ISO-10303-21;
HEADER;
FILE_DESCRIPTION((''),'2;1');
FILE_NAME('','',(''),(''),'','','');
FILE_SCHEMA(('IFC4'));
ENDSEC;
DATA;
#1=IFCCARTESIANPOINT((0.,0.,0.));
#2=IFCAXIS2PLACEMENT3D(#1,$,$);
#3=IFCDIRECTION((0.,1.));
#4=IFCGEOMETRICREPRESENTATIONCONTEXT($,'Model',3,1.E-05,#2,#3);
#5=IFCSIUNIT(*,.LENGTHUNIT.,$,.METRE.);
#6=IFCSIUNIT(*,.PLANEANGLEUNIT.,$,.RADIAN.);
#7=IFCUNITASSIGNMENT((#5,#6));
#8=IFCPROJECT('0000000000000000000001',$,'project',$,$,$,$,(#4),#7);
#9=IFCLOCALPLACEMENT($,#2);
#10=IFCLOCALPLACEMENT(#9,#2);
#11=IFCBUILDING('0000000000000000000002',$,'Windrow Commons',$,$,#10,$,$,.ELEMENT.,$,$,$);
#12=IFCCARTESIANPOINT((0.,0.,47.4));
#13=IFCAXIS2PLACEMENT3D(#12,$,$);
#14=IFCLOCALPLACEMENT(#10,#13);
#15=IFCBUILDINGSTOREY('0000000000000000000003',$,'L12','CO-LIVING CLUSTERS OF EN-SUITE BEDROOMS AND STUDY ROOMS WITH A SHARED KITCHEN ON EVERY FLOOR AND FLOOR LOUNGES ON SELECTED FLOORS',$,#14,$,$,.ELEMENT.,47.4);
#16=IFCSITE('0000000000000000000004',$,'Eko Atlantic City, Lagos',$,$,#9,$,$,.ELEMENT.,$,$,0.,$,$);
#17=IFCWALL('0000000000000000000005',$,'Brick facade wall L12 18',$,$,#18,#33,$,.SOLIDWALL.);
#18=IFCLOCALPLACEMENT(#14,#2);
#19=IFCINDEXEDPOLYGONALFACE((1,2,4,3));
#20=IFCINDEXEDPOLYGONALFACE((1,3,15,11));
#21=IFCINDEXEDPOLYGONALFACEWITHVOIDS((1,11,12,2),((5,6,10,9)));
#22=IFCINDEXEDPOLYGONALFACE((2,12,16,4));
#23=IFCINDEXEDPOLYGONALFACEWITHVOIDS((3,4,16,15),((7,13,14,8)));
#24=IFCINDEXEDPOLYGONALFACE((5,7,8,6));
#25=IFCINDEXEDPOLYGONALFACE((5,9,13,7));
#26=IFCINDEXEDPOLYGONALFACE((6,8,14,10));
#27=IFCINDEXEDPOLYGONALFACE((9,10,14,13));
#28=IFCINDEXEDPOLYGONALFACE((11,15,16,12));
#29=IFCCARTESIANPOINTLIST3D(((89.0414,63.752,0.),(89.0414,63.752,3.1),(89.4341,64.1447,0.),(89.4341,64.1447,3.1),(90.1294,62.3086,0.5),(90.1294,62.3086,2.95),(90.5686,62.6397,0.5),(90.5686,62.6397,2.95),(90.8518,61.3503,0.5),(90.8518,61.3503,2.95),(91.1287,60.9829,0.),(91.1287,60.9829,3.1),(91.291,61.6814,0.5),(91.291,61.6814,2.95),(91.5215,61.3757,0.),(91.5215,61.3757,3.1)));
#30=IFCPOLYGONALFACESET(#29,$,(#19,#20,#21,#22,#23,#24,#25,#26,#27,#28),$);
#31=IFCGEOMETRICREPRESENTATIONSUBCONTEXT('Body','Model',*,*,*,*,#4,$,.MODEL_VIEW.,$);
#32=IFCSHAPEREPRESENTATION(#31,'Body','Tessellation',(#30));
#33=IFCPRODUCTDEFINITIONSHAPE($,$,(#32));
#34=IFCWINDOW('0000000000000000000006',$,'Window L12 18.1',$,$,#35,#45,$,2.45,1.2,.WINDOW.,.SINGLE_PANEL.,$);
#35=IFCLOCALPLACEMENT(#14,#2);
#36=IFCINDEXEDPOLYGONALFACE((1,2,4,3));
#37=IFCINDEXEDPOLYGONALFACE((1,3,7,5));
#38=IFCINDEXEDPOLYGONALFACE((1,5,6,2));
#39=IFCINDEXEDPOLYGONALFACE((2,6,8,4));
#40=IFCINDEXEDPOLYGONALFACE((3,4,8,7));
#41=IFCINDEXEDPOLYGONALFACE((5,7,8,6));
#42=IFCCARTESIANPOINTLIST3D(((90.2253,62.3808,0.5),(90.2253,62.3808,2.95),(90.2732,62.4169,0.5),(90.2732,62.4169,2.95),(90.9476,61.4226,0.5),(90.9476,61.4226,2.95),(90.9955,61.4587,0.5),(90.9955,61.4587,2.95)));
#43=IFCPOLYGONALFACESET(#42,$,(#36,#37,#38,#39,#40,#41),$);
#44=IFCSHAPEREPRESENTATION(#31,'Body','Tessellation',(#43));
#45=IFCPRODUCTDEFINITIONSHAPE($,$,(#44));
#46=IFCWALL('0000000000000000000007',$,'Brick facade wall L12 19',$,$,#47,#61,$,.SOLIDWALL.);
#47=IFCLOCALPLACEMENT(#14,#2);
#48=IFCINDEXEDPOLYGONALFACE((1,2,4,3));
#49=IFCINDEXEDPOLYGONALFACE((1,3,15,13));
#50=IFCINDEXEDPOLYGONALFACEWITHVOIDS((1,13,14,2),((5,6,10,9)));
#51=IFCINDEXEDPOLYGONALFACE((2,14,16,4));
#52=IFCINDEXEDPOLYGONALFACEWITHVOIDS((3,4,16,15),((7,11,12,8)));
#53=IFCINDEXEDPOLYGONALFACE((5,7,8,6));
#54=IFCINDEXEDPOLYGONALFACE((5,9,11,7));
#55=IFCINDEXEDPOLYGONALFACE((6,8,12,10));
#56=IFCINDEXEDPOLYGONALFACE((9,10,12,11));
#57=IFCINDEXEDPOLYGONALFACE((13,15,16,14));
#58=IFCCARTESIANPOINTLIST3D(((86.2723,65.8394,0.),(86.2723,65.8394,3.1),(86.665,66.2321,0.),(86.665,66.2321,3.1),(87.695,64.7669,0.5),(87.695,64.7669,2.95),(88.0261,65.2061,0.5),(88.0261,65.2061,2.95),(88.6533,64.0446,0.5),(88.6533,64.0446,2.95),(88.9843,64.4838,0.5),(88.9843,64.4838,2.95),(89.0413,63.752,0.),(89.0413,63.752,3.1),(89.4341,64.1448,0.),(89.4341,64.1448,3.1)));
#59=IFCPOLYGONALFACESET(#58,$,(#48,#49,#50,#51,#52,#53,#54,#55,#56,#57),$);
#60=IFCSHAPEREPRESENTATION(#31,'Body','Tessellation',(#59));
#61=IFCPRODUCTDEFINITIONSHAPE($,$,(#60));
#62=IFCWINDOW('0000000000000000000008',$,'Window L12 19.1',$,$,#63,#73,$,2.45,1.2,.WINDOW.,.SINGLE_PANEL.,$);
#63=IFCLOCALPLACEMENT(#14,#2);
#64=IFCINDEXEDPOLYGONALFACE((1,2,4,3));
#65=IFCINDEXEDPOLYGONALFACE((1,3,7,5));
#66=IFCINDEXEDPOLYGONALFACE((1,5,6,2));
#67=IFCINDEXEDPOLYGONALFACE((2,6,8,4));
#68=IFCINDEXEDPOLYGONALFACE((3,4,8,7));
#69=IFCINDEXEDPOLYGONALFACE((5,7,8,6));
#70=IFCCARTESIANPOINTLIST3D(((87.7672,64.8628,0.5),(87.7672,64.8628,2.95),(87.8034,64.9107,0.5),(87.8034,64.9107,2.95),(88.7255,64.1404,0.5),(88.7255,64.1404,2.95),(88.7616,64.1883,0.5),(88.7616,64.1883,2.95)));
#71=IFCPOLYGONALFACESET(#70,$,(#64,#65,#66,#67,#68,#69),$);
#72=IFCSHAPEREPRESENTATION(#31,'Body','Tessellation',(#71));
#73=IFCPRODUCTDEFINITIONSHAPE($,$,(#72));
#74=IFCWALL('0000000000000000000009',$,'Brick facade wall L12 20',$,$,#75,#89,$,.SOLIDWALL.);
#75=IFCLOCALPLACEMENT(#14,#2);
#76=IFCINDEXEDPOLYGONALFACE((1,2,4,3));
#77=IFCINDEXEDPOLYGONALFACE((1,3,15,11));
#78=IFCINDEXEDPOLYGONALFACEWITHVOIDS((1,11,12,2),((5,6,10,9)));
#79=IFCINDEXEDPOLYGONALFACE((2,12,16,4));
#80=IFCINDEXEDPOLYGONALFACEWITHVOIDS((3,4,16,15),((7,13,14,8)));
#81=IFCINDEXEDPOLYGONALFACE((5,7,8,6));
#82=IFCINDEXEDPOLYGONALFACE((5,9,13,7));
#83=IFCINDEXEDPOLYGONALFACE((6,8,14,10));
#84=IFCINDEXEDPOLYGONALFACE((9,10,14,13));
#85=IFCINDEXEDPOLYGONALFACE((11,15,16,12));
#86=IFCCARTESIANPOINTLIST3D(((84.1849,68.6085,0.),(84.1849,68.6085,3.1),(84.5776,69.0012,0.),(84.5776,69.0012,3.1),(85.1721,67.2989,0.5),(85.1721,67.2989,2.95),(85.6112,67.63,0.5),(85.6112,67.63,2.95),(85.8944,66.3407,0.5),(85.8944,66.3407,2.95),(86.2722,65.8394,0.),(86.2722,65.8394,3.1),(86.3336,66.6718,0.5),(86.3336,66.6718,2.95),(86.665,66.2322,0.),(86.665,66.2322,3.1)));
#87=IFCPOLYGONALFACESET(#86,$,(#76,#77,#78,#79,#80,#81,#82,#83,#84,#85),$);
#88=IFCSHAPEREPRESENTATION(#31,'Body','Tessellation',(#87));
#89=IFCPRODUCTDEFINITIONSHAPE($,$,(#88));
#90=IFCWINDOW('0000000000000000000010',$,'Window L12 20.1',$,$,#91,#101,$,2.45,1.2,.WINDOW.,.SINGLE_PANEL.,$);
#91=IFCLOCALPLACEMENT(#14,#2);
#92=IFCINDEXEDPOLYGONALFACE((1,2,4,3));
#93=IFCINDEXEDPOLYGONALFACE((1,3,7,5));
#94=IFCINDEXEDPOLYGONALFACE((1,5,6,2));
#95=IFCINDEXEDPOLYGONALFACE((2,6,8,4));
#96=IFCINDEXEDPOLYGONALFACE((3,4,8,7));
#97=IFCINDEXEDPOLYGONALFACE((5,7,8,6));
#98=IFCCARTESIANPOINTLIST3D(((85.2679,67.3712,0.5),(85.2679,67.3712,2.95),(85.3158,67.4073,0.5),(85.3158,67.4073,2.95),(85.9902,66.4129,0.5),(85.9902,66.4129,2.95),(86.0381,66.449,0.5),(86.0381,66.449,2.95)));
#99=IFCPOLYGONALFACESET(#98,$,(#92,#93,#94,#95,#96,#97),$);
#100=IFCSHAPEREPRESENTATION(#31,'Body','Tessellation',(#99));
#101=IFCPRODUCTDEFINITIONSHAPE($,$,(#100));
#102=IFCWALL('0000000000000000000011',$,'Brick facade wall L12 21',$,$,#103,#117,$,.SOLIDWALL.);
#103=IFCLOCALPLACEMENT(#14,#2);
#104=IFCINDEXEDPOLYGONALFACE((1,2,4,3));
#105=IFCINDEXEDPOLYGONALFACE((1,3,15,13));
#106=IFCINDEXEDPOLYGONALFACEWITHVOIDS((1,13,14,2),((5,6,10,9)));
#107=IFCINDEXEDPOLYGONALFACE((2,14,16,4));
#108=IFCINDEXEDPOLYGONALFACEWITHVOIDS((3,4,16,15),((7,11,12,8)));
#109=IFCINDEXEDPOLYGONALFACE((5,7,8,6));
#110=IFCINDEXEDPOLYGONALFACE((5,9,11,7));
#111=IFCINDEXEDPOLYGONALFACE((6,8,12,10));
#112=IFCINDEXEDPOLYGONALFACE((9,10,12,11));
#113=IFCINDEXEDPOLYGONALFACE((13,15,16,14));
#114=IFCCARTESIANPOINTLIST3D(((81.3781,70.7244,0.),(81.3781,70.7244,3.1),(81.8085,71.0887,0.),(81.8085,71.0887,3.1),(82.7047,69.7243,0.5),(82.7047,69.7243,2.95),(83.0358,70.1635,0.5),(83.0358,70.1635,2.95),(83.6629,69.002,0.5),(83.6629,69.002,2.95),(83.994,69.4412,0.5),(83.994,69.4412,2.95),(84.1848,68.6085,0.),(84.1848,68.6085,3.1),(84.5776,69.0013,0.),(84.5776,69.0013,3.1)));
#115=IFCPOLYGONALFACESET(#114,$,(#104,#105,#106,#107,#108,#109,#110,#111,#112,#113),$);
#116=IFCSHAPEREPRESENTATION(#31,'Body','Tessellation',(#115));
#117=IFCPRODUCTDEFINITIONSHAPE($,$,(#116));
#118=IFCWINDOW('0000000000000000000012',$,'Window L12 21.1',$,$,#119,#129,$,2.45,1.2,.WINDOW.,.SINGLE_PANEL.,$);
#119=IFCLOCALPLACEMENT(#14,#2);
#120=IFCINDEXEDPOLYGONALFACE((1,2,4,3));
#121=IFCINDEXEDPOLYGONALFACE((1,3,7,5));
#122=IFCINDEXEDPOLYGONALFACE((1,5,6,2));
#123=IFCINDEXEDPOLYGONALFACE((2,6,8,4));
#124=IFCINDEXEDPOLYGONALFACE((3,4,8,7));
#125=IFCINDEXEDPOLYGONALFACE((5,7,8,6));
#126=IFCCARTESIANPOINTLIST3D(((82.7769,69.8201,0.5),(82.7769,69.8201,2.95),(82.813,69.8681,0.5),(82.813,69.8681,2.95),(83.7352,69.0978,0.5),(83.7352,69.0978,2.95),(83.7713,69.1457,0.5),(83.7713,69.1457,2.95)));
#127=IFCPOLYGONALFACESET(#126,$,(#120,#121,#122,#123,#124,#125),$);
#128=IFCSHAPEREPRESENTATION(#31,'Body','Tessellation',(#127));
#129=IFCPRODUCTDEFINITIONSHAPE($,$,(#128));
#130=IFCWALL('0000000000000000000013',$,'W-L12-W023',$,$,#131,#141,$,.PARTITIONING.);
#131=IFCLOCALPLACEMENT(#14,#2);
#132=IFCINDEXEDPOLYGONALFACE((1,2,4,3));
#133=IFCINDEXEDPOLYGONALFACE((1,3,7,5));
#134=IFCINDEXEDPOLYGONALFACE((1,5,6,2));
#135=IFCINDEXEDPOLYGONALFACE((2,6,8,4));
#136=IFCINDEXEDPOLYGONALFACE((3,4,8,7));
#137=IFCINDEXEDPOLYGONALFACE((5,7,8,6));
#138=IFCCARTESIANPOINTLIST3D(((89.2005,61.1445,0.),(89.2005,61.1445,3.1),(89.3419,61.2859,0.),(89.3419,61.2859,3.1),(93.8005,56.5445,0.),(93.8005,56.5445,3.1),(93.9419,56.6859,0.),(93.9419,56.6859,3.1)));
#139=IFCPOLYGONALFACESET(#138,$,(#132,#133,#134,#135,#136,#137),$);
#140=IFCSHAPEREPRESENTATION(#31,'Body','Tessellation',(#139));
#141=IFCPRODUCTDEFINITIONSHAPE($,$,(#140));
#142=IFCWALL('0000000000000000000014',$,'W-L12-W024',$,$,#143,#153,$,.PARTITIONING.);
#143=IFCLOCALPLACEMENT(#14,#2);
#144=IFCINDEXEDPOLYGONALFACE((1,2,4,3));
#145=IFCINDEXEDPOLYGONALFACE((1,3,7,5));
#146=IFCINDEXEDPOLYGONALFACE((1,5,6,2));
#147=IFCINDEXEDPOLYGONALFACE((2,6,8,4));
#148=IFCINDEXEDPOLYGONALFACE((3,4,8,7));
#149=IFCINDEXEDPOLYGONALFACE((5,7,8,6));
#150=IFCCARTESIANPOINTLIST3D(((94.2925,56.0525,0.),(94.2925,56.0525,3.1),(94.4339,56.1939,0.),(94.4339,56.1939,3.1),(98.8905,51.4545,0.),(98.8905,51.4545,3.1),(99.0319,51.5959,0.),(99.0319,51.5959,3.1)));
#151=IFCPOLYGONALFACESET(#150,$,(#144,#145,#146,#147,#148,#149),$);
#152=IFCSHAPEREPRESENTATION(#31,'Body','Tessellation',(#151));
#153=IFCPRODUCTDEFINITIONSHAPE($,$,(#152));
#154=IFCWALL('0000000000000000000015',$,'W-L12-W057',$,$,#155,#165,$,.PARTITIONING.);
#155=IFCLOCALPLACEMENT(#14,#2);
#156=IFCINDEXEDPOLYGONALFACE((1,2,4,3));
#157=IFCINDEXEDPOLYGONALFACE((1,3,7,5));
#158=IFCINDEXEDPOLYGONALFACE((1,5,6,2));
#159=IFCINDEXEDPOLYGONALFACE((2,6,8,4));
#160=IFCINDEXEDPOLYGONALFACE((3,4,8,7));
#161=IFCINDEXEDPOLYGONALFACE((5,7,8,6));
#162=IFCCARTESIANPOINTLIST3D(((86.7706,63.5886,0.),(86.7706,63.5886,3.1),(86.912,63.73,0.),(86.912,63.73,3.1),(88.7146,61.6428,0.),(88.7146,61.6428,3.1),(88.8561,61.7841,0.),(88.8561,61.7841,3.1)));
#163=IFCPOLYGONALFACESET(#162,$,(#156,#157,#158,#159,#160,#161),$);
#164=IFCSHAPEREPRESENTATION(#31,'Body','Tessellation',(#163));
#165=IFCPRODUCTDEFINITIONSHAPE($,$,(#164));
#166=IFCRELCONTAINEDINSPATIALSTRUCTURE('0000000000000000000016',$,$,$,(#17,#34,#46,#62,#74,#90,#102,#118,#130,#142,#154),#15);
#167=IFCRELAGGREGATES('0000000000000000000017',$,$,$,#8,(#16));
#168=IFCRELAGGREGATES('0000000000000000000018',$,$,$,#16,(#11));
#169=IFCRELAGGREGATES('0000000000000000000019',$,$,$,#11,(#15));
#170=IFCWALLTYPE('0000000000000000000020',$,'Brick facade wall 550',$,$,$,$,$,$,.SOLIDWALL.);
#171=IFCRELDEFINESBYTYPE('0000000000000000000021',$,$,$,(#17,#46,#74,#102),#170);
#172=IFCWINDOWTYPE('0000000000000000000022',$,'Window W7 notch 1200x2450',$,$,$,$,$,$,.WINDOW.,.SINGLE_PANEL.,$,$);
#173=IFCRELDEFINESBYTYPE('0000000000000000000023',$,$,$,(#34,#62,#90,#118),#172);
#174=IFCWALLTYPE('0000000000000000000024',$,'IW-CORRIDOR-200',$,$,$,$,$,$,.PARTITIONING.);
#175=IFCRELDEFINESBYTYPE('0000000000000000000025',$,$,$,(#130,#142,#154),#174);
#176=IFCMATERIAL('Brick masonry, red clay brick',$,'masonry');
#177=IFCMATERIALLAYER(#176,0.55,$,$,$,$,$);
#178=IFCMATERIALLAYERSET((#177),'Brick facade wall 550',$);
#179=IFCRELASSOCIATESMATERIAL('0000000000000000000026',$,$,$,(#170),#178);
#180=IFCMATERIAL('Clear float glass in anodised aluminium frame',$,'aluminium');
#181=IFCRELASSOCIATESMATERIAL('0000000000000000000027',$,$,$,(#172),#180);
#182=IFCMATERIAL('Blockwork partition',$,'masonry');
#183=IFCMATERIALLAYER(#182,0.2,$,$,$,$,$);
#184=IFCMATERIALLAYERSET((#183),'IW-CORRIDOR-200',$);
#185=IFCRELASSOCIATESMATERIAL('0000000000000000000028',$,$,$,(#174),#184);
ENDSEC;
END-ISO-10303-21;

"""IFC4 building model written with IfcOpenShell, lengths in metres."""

from ifc_helpers import new_model, si_unit, direction, frame, frame_2d, origin, place, context, subcontext, project, spatial, polyline, rectangle, outline, extrude, material, layer, layer_set, type_object, element, fill, save


model = new_model("IFC4")

# Units and contexts
model_context = context("Model", 3, precision=1e-05, world=origin(), true_north=direction((0.0, 1.0)))
body_context = subcontext(model_context, "Body", "Model", "MODEL_VIEW")
ifc_project = project(units=[si_unit("LENGTHUNIT", "METRE"), si_unit("PLANEANGLEUNIT", "RADIAN")], contexts=[model_context])

# Site, building, storey
site_placement = place(None, origin())
site = spatial("IfcSite", under=ifc_project, at=site_placement, Name="Eko Atlantic City, Lagos", CompositionType="ELEMENT", RefElevation=0.0)
building_placement = place(site_placement, origin())
building = spatial("IfcBuilding", under=site, at=building_placement, Name="Windrow Commons", CompositionType="ELEMENT")
storey_placement = place(building_placement, frame((0.0, 0.0, 47.4)))
storey = spatial("IfcBuildingStorey", under=building, at=storey_placement, Name="L12", Description="CO-LIVING CLUSTERS OF EN-SUITE BEDROOMS AND STUDY ROOMS WITH A SHARED KITCHEN ON EVERY FLOOR AND FLOOR LOUNGES ON SELECTED FLOORS", CompositionType="ELEMENT", Elevation=47.4)

# Shared definitions
ifc_material_1 = material(Name="Brick masonry, red clay brick", Category="masonry")
ifc_layer_1 = layer(ifc_material_1, 0.55)
ifc_layer_set_1 = layer_set([ifc_layer_1], Name="Brick facade wall 550")
wall_type_1 = type_object("IfcWallType", Name="Brick facade wall 550", PredefinedType="SOLIDWALL", material=ifc_layer_set_1)
ifc_material_2 = material(Name="Clear float glass in anodised aluminium frame", Category="aluminium")
window_type = type_object("IfcWindowType", Name="Window W7 notch 1200x2450", PartitioningType="SINGLE_PANEL", PredefinedType="WINDOW", material=ifc_material_2)

# Walls, openings, windows
wall_1_placement = place(storey_placement, frame((91.3251, 61.1793, 0.0), z_axis=(0.0, 0.0, 1.0), x_axis=(-0.60195, 0.798534, 0.0)))
wall_1 = element("IfcWall", 1, at=wall_1_placement, inside=storey, type_object=wall_type_1, Name="Brick facade wall L12 18", PredefinedType="SOLIDWALL", context=body_context, shape_type="SweptSolid", body=[
    extrude(outline(polyline([(0.0386, -0.275), (3.5063, -0.275), (3.4291, 0.275), (-0.0386, 0.275), (0.0386, -0.275)])), origin(), (0.0, 0.0, 1.0), 3.1),
])
opening_1_placement = place(wall_1_placement, frame((0.4215, 0.0, 0.5)))
opening_1 = element("IfcOpeningElement", 2, at=opening_1_placement, cuts=wall_1, PredefinedType="OPENING", context=body_context, shape_type="SweptSolid", body=[
    extrude(rectangle(XDim=1.2, YDim=2.45, at=frame_2d((0.6, 1.225))), frame((0.0, 0.285, 0.0), z_axis=(0.0, -1.0, 0.0), x_axis=(1.0, 0.0, 0.0)), (0.0, 0.0, 1.0), 0.57),
])
window_1_placement = place(opening_1_placement, origin())
window_1 = element("IfcWindow", 3, at=window_1_placement, inside=storey, type_object=window_type, Name="Window L12 18.1", OverallHeight=2.45, OverallWidth=1.2, PartitioningType="SINGLE_PANEL", PredefinedType="WINDOW", context=body_context, shape_type="SweptSolid", body=[
    extrude(rectangle(XDim=1.2, YDim=2.45, at=frame_2d((0.6, 1.225))), frame((0.0, 0.155, 0.0), z_axis=(0.0, -1.0, 0.0), x_axis=(1.0, 0.0, 0.0)), (0.0, 0.0, 1.0), 0.06),
])
fill(opening_1, window_1)
wall_2_placement = place(storey_placement, frame((89.2377, 63.9484, 0.0), z_axis=(0.0, 0.0, 1.0), x_axis=(-0.798534, 0.60195, 0.0)))
wall_2 = element("IfcWall", 4, at=wall_2_placement, inside=storey, type_object=wall_type_1, Name="Brick facade wall L12 19", PredefinedType="SOLIDWALL", context=body_context, shape_type="SweptSolid", body=[
    extrude(outline(polyline([(-0.0386, -0.275), (3.4291, -0.275), (3.5063, 0.275), (0.0386, 0.275), (-0.0386, -0.275)])), origin(), (0.0, 0.0, 1.0), 3.1),
])
opening_2_placement = place(wall_2_placement, frame((0.5246, 0.0, 0.5)))
opening_2 = element("IfcOpeningElement", 5, at=opening_2_placement, cuts=wall_2, PredefinedType="OPENING", context=body_context, shape_type="SweptSolid", body=[
    extrude(rectangle(XDim=1.2, YDim=2.45, at=frame_2d((0.6, 1.225))), frame((0.0, 0.285, 0.0), z_axis=(0.0, -1.0, 0.0), x_axis=(1.0, 0.0, 0.0)), (0.0, 0.0, 1.0), 0.57),
])
window_2_placement = place(opening_2_placement, origin())
window_2 = element("IfcWindow", 6, at=window_2_placement, inside=storey, type_object=window_type, Name="Window L12 19.1", OverallHeight=2.45, OverallWidth=1.2, PartitioningType="SINGLE_PANEL", PredefinedType="WINDOW", context=body_context, shape_type="SweptSolid", body=[
    extrude(rectangle(XDim=1.2, YDim=2.45, at=frame_2d((0.6, 1.225))), frame((0.0, 0.155, 0.0), z_axis=(0.0, -1.0, 0.0), x_axis=(1.0, 0.0, 0.0)), (0.0, 0.0, 1.0), 0.06),
])
fill(opening_2, window_2)
wall_3_placement = place(storey_placement, frame((86.4686, 66.0358, 0.0), z_axis=(0.0, 0.0, 1.0), x_axis=(-0.60195, 0.798534, 0.0)))
wall_3 = element("IfcWall", 7, at=wall_3_placement, inside=storey, type_object=wall_type_1, Name="Brick facade wall L12 20", PredefinedType="SOLIDWALL", context=body_context, shape_type="SweptSolid", body=[
    extrude(outline(polyline([(0.0386, -0.275), (3.5063, -0.275), (3.4291, 0.275), (-0.0386, 0.275), (0.0386, -0.275)])), origin(), (0.0, 0.0, 1.0), 3.1),
])
opening_3_placement = place(wall_3_placement, frame((0.5891, 0.0, 0.5)))
opening_3 = element("IfcOpeningElement", 8, at=opening_3_placement, cuts=wall_3, PredefinedType="OPENING", context=body_context, shape_type="SweptSolid", body=[
    extrude(rectangle(XDim=1.2, YDim=2.45, at=frame_2d((0.6, 1.225))), frame((0.0, 0.285, 0.0), z_axis=(0.0, -1.0, 0.0), x_axis=(1.0, 0.0, 0.0)), (0.0, 0.0, 1.0), 0.57),
])
window_3_placement = place(opening_3_placement, origin())
window_3 = element("IfcWindow", 9, at=window_3_placement, inside=storey, type_object=window_type, Name="Window L12 20.1", OverallHeight=2.45, OverallWidth=1.2, PartitioningType="SINGLE_PANEL", PredefinedType="WINDOW", context=body_context, shape_type="SweptSolid", body=[
    extrude(rectangle(XDim=1.2, YDim=2.45, at=frame_2d((0.6, 1.225))), frame((0.0, 0.155, 0.0), z_axis=(0.0, -1.0, 0.0), x_axis=(1.0, 0.0, 0.0)), (0.0, 0.0, 1.0), 0.06),
])
fill(opening_3, window_3)
wall_4_placement = place(storey_placement, frame((84.3812, 68.8049, 0.0), z_axis=(0.0, 0.0, 1.0), x_axis=(-0.79853, 0.601955, 0.0)))
wall_4 = element("IfcWall", 10, at=wall_4_placement, inside=storey, type_object=wall_type_1, Name="Brick facade wall L12 21", PredefinedType="SOLIDWALL", context=body_context, shape_type="SweptSolid", body=[
    extrude(outline(polyline([(-0.0386, -0.275), (3.4291, -0.275), (3.5535, 0.275), (0.0386, 0.275), (-0.0386, -0.275)])), origin(), (0.0, 0.0, 1.0), 3.1),
])
opening_4_placement = place(wall_4_placement, frame((0.6922, 0.0, 0.5)))
opening_4 = element("IfcOpeningElement", 11, at=opening_4_placement, cuts=wall_4, PredefinedType="OPENING", context=body_context, shape_type="SweptSolid", body=[
    extrude(rectangle(XDim=1.2, YDim=2.45, at=frame_2d((0.6, 1.225))), frame((0.0, 0.285, 0.0), z_axis=(0.0, -1.0, 0.0), x_axis=(1.0, 0.0, 0.0)), (0.0, 0.0, 1.0), 0.57),
])
window_4_placement = place(opening_4_placement, origin())
window_4 = element("IfcWindow", 12, at=window_4_placement, inside=storey, type_object=window_type, Name="Window L12 21.1", OverallHeight=2.45, OverallWidth=1.2, PartitioningType="SINGLE_PANEL", PredefinedType="WINDOW", context=body_context, shape_type="SweptSolid", body=[
    extrude(rectangle(XDim=1.2, YDim=2.45, at=frame_2d((0.6, 1.225))), frame((0.0, 0.155, 0.0), z_axis=(0.0, -1.0, 0.0), x_axis=(1.0, 0.0, 0.0)), (0.0, 0.0, 1.0), 0.06),
])
fill(opening_4, window_4)

# Walls
ifc_material_3 = material(Name="Blockwork partition", Category="masonry")
ifc_layer_2 = layer(ifc_material_3, 0.2)
ifc_layer_set_2 = layer_set([ifc_layer_2], Name="IW-CORRIDOR-200")
wall_type_2 = type_object("IfcWallType", Name="IW-CORRIDOR-200", PredefinedType="PARTITIONING", material=ifc_layer_set_2)
wall_5_placement = place(storey_placement, frame((89.2712, 61.2152, 0.0), z_axis=(0.0, 0.0, 1.0), x_axis=(0.707107, -0.707107, 0.0)))
element("IfcWall", 13, at=wall_5_placement, inside=storey, type_object=wall_type_2, Name="W-L12-W023", PredefinedType="PARTITIONING", context=body_context, shape_type="SweptSolid", body=[
    extrude(rectangle(XDim=6.5054, YDim=0.2, at=frame_2d((3.2527, 0.0))), origin(), (0.0, 0.0, 1.0), 3.1),
])
wall_6_placement = place(storey_placement, frame((94.3632, 56.1232, 0.0), z_axis=(0.0, 0.0, 1.0), x_axis=(0.707107, -0.707107, 0.0)))
element("IfcWall", 14, at=wall_6_placement, inside=storey, type_object=wall_type_2, Name="W-L12-W024", PredefinedType="PARTITIONING", context=body_context, shape_type="SweptSolid", body=[
    extrude(rectangle(XDim=6.5026, YDim=0.2, at=frame_2d((3.2513, 0.0))), origin(), (0.0, 0.0, 1.0), 3.1),
])
wall_7_placement = place(storey_placement, frame((86.8413, 63.6593, 0.0), z_axis=(0.0, 0.0, 1.0), x_axis=(0.70678, -0.707434, 0.0)))
element("IfcWall", 15, at=wall_7_placement, inside=storey, type_object=wall_type_2, Name="W-L12-W057", PredefinedType="PARTITIONING", context=body_context, shape_type="SweptSolid", body=[
    extrude(rectangle(XDim=2.7506, YDim=0.2, at=frame_2d((1.3753, 0.0))), origin(), (0.0, 0.0, 1.0), 3.1),
])

save(model, "model.ifc")
